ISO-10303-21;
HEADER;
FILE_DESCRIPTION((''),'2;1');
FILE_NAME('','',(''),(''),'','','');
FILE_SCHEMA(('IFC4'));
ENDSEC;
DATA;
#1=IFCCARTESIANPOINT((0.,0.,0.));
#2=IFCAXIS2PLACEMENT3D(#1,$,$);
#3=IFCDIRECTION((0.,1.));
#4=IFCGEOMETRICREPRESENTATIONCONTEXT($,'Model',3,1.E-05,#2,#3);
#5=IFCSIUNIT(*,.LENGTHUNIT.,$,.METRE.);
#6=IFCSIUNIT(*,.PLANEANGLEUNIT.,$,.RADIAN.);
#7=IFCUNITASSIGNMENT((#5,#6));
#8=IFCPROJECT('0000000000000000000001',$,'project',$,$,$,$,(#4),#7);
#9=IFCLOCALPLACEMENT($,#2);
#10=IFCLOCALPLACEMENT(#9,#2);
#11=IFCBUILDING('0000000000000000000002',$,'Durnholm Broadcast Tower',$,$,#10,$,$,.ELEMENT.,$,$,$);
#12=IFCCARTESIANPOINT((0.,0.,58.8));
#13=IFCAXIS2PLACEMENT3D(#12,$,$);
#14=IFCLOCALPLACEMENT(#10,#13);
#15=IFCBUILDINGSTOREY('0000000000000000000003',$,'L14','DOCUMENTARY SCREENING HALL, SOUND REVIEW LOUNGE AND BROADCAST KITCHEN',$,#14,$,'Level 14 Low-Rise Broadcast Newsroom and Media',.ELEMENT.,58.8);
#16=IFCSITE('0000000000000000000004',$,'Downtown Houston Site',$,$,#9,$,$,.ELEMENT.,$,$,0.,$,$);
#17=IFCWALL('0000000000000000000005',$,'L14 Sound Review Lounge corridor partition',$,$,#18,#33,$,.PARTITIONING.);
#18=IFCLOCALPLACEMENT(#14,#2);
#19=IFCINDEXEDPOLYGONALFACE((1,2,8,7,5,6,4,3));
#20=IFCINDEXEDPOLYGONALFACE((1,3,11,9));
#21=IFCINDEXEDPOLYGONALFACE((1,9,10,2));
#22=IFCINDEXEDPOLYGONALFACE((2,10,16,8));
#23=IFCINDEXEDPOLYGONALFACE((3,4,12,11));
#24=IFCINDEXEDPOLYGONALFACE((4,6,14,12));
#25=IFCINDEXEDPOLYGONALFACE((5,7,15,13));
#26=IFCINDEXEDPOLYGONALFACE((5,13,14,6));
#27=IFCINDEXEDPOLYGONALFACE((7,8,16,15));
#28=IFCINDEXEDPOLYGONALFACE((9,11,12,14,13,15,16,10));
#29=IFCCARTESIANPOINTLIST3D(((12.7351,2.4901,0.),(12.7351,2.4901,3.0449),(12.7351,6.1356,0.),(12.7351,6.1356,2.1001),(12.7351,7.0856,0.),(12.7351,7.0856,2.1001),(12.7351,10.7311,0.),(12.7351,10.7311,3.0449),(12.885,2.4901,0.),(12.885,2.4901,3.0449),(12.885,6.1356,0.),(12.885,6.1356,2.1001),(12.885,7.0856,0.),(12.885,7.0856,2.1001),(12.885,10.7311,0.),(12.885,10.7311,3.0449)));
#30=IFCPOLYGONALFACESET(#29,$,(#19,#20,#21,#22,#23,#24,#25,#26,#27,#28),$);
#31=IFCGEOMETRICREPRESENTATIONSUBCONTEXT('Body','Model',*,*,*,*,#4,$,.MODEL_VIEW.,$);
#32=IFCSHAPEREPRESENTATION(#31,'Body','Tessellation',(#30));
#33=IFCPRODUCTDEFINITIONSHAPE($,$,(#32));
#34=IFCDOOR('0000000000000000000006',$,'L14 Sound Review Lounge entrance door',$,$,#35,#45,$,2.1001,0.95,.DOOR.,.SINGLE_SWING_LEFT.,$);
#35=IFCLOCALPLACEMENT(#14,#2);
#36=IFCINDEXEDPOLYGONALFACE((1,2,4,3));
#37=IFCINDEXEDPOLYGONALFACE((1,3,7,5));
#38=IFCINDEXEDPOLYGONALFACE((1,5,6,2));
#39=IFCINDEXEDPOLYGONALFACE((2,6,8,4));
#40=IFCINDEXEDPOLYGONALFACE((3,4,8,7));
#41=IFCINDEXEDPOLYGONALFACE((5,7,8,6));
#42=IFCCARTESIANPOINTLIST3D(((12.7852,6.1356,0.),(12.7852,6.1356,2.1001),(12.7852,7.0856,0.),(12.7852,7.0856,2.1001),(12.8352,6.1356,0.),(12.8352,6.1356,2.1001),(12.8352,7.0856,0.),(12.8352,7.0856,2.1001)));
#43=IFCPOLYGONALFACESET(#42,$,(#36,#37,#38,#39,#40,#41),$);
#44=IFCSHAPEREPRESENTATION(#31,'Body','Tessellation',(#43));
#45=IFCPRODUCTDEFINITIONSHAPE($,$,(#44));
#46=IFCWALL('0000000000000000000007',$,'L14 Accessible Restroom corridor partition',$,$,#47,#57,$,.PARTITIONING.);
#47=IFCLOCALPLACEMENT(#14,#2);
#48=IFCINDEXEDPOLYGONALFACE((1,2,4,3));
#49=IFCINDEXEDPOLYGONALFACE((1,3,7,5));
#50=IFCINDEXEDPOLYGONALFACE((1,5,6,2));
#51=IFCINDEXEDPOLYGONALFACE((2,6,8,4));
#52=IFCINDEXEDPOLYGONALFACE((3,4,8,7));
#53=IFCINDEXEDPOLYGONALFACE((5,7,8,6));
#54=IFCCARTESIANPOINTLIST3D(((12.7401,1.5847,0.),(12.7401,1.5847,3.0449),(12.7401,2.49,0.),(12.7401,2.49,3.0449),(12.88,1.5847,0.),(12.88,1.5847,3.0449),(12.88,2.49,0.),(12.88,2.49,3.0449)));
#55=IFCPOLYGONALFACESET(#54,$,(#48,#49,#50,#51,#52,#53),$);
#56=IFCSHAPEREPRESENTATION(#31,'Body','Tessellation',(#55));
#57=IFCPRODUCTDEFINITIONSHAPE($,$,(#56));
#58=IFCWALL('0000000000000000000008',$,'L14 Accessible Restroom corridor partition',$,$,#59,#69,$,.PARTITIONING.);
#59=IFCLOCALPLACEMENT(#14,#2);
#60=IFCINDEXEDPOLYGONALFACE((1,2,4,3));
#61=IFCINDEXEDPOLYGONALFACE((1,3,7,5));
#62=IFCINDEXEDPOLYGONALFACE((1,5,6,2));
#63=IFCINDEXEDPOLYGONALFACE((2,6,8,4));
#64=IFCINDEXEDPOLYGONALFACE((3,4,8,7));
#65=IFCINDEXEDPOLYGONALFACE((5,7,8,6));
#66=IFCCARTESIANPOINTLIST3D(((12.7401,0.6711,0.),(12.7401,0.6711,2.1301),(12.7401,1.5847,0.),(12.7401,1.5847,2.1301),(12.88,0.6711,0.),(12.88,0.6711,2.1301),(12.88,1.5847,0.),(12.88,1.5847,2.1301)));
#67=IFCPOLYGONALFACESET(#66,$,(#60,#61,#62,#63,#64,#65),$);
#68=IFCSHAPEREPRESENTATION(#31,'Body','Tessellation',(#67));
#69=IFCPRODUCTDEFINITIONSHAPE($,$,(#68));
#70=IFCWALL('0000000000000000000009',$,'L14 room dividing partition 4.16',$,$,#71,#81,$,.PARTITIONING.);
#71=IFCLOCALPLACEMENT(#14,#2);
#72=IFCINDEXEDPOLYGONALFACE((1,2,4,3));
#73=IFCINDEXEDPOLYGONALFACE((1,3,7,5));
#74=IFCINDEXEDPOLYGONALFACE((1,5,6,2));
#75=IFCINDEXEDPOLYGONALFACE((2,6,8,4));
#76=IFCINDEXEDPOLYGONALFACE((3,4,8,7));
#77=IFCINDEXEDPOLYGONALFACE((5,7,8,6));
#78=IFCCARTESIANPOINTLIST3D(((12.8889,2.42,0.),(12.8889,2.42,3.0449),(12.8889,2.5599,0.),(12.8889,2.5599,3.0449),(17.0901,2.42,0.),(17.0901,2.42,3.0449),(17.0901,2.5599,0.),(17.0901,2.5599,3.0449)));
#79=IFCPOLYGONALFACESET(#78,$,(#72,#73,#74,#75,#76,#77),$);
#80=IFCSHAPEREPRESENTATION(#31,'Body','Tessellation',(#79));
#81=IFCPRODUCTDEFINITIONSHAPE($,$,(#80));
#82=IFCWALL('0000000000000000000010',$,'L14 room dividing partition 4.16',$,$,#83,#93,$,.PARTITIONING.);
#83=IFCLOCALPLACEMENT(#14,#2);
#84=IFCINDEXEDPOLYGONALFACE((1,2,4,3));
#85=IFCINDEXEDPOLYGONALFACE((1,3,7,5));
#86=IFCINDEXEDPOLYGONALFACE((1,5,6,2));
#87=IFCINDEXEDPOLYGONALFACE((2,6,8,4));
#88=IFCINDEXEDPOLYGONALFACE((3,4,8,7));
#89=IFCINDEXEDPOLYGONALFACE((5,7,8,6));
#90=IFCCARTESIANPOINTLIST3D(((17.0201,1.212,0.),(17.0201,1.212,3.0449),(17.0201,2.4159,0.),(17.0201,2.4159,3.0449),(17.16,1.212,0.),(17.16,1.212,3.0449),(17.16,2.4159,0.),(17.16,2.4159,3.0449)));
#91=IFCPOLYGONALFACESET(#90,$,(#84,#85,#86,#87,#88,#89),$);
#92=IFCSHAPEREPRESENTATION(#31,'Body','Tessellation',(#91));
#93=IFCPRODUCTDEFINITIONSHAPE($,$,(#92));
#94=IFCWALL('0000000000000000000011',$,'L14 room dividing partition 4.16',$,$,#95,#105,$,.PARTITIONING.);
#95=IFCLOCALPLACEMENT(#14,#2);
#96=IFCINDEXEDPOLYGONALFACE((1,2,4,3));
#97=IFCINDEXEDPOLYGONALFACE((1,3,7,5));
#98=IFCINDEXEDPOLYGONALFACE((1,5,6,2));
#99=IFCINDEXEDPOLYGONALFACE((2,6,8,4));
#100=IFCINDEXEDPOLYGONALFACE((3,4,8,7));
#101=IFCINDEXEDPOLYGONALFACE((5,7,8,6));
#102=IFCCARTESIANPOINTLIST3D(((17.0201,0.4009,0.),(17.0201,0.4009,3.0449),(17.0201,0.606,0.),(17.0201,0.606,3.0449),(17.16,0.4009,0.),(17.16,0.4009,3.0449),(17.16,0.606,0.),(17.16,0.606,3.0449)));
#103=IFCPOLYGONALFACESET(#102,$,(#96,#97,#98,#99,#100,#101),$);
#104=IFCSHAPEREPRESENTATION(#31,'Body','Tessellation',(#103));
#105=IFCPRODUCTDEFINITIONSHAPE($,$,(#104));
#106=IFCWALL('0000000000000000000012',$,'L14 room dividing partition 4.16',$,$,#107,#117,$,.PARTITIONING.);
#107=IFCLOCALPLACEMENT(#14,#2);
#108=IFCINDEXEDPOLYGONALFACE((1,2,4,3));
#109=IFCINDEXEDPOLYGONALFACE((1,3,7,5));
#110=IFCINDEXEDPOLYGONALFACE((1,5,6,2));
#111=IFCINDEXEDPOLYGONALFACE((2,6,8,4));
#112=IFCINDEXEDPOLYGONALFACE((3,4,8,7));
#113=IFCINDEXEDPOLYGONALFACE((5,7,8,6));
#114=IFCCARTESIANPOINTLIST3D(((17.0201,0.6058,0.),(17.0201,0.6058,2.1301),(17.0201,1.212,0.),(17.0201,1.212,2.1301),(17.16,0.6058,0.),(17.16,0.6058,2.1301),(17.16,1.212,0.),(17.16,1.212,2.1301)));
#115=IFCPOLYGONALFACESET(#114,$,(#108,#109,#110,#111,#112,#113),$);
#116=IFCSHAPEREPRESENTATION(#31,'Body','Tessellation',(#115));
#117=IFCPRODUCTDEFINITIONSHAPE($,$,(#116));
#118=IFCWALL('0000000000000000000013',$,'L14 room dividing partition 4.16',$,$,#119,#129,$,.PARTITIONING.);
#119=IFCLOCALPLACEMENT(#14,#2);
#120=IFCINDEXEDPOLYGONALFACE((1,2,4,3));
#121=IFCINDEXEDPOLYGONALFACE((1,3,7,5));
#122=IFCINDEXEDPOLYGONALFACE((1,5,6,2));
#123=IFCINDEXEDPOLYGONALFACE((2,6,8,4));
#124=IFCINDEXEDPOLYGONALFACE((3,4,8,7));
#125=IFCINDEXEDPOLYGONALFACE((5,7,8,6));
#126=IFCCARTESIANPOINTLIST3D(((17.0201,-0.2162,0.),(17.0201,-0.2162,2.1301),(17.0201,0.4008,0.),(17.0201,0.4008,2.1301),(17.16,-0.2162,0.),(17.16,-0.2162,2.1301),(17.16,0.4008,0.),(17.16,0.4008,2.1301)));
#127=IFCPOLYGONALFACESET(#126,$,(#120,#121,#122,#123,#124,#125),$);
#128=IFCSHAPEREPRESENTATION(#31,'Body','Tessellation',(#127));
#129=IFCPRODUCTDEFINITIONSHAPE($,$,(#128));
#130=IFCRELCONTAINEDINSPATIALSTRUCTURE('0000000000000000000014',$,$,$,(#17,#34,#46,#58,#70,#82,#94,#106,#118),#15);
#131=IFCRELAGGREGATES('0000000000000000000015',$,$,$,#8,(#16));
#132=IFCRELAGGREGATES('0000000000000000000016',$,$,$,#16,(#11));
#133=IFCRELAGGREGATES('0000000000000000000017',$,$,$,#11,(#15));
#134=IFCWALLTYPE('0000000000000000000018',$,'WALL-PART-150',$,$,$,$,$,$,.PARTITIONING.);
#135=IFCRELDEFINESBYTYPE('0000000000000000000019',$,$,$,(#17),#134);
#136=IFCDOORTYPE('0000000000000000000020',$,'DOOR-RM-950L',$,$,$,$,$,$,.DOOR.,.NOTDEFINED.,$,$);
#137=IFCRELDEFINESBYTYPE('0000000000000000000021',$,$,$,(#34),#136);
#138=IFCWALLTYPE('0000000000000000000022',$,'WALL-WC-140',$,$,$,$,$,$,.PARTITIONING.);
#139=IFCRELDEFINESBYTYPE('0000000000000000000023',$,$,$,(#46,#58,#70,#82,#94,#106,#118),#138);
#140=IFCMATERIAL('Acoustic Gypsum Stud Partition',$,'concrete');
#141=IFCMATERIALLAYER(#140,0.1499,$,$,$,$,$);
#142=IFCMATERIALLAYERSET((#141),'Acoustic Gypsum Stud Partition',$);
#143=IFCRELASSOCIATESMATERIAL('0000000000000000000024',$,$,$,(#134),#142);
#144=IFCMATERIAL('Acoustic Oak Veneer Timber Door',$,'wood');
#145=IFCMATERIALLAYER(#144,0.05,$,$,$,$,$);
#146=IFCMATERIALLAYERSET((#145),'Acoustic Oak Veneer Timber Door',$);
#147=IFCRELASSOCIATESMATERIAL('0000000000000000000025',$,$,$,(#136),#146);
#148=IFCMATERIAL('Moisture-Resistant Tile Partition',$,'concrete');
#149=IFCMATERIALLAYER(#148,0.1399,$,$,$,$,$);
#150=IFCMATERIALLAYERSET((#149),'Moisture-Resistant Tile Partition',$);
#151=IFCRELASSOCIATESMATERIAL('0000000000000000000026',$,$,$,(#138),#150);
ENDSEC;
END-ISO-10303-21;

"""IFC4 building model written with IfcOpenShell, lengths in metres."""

from ifc_helpers import new_model, si_unit, direction, frame, frame_2d, origin, place, context, subcontext, project, spatial, rectangle, extrude, source, transform, mapped, material, layer, layer_set, type_object, type_shapes, element, fill, save


model = new_model("IFC4")

# Units and contexts
model_context = context("Model", 3, precision=1e-05, world=origin(), true_north=direction((0.0, 1.0)))
body_context = subcontext(model_context, "Body", "Model", "MODEL_VIEW")
ifc_project = project(units=[si_unit("LENGTHUNIT", "METRE"), si_unit("PLANEANGLEUNIT", "RADIAN")], contexts=[model_context])

# Site, building, storey
site_placement = place(None, origin())
site = spatial("IfcSite", under=ifc_project, at=site_placement, Name="Downtown Houston Site", CompositionType="ELEMENT", RefElevation=0.0)
building_placement = place(site_placement, origin())
building = spatial("IfcBuilding", under=site, at=building_placement, Name="Durnholm Broadcast Tower", CompositionType="ELEMENT")
storey_placement = place(building_placement, frame((0.0, 0.0, 58.8)))
storey = spatial("IfcBuildingStorey", under=building, at=storey_placement, Name="L14", Description="DOCUMENTARY SCREENING HALL, SOUND REVIEW LOUNGE AND BROADCAST KITCHEN", LongName="Level 14 Low-Rise Broadcast Newsroom and Media", CompositionType="ELEMENT", Elevation=58.8)

# Wall, opening, door
ifc_material_1 = material(Name="Acoustic Gypsum Stud Partition", Category="concrete")
ifc_layer_1 = layer(ifc_material_1, 0.1499)
ifc_layer_set_1 = layer_set([ifc_layer_1], Name="Acoustic Gypsum Stud Partition")
wall_type_1 = type_object("IfcWallType", Name="WALL-PART-150", PredefinedType="PARTITIONING", material=ifc_layer_set_1)
wall_1_placement = place(storey_placement, frame((12.8101, 2.49, 0.0), z_axis=(0.0, 0.0, 1.0), x_axis=(0.0, 1.0, 0.0)))
wall_1 = element("IfcWall", 1, at=wall_1_placement, inside=storey, type_object=wall_type_1, Name="L14 Sound Review Lounge corridor partition", PredefinedType="PARTITIONING", context=body_context, shape_type="SweptSolid", body=[
    extrude(rectangle(XDim=8.241, YDim=0.1499, at=frame_2d((4.1206, 0.0))), origin(), (0.0, 0.0, 1.0), 3.0449),
])
opening_placement = place(wall_1_placement, frame((3.6455, 0.0, 0.0)))
opening = element("IfcOpeningElement", 2, at=opening_placement, cuts=wall_1, PredefinedType="OPENING", context=body_context, shape_type="SweptSolid", body=[
    extrude(rectangle(XDim=0.95, YDim=2.1001, at=frame_2d((0.4751, 1.05))), frame((0.0, 0.085, 0.0), z_axis=(0.0, -1.0, 0.0), x_axis=(1.0, 0.0, 0.0)), (0.0, 0.0, 1.0), 0.1699),
])
ifc_material_2 = material(Name="Acoustic Oak Veneer Timber Door", Category="wood")
ifc_layer_2 = layer(ifc_material_2, 0.05)
ifc_layer_set_2 = layer_set([ifc_layer_2], Name="Acoustic Oak Veneer Timber Door")
door_type = type_object("IfcDoorType", Name="DOOR-RM-950L", OperationType="NOTDEFINED", PredefinedType="DOOR", material=ifc_layer_set_2)
shared_shape_1 = source(origin(), body_context, "Body", "SweptSolid", [
    extrude(rectangle(XDim=0.95, YDim=2.1001, at=frame_2d((0.4751, 1.05))), frame((0.0, 0.0249, 0.0), z_axis=(0.0, -1.0, 0.0), x_axis=(1.0, 0.0, 0.0)), (0.0, 0.0, 1.0), 0.05),
])
type_shapes(door_type, [shared_shape_1])
door_placement = place(opening_placement, origin())
door = element("IfcDoor", 3, at=door_placement, inside=storey, type_object=door_type, Name="L14 Sound Review Lounge entrance door", OperationType="SINGLE_SWING_LEFT", OverallHeight=2.1001, OverallWidth=0.95, PredefinedType="DOOR", context=body_context, shape_type="MappedRepresentation", body=[
    mapped(shared_shape_1, transform((0.0, 0.0, 0.0), x_axis=(1.0, 0.0, 0.0), y_axis=(0.0, 1.0, 0.0), z_axis=(0.0, 0.0, 1.0), scale=1.0)),
])
fill(opening, door)

# Walls
ifc_material_3 = material(Name="Moisture-Resistant Tile Partition", Category="concrete")
ifc_layer_3 = layer(ifc_material_3, 0.1399)
ifc_layer_set_3 = layer_set([ifc_layer_3], Name="Moisture-Resistant Tile Partition")
wall_type_2 = type_object("IfcWallType", Name="WALL-WC-140", PredefinedType="PARTITIONING", material=ifc_layer_set_3)
wall_2_placement = place(storey_placement, frame((12.8101, 1.5847, 0.0), z_axis=(0.0, 0.0, 1.0), x_axis=(0.0, 1.0, 0.0)))
element("IfcWall", 4, at=wall_2_placement, inside=storey, type_object=wall_type_2, Name="L14 Accessible Restroom corridor partition", PredefinedType="PARTITIONING", context=body_context, shape_type="SweptSolid", body=[
    extrude(rectangle(XDim=0.9053, YDim=0.1399, at=frame_2d((0.4526, 0.0))), origin(), (0.0, 0.0, 1.0), 3.0449),
])
wall_3_placement = place(storey_placement, frame((12.8101, 0.6711, 0.0), z_axis=(0.0, 0.0, 1.0), x_axis=(0.0, 1.0, 0.0)))
element("IfcWall", 5, at=wall_3_placement, inside=storey, type_object=wall_type_2, Name="L14 Accessible Restroom corridor partition", PredefinedType="PARTITIONING", context=body_context, shape_type="SweptSolid", body=[
    extrude(rectangle(XDim=0.9136, YDim=0.1399, at=frame_2d((0.4568, 0.0))), origin(), (0.0, 0.0, 1.0), 2.1301),
])
wall_4_placement = place(storey_placement, frame((12.8889, 2.49, 0.0), z_axis=(0.0, 0.0, 1.0), x_axis=(1.0, 0.0, 0.0)))
element("IfcWall", 6, at=wall_4_placement, inside=storey, type_object=wall_type_2, Name="L14 room dividing partition 4.16", PredefinedType="PARTITIONING", context=body_context, shape_type="SweptSolid", body=[
    extrude(rectangle(XDim=4.2012, YDim=0.1399, at=frame_2d((2.1006, 0.0))), origin(), (0.0, 0.0, 1.0), 3.0449),
])
wall_5_placement = place(storey_placement, frame((17.0901, 2.416, 0.0), z_axis=(0.0, 0.0, 1.0), x_axis=(0.0, -1.0, 0.0)))
element("IfcWall", 7, at=wall_5_placement, inside=storey, type_object=wall_type_2, Name="L14 room dividing partition 4.16", PredefinedType="PARTITIONING", context=body_context, shape_type="SweptSolid", body=[
    extrude(rectangle(XDim=1.2039, YDim=0.1399, at=frame_2d((0.6021, 0.0))), origin(), (0.0, 0.0, 1.0), 3.0449),
])
wall_6_placement = place(storey_placement, frame((17.0901, 0.606, 0.0), z_axis=(0.0, 0.0, 1.0), x_axis=(0.0, -1.0, 0.0)))
element("IfcWall", 8, at=wall_6_placement, inside=storey, type_object=wall_type_2, Name="L14 room dividing partition 4.16", PredefinedType="PARTITIONING", context=body_context, shape_type="SweptSolid", body=[
    extrude(rectangle(XDim=0.2051, YDim=0.1399, at=frame_2d((0.1025, 0.0))), origin(), (0.0, 0.0, 1.0), 3.0449),
])
wall_7_placement = place(storey_placement, frame((17.0901, 1.2122, 0.0), z_axis=(0.0, 0.0, 1.0), x_axis=(0.0, -1.0, 0.0)))
element("IfcWall", 9, at=wall_7_placement, inside=storey, type_object=wall_type_2, Name="L14 room dividing partition 4.16", PredefinedType="PARTITIONING", context=body_context, shape_type="SweptSolid", body=[
    extrude(rectangle(XDim=0.6062, YDim=0.1399, at=frame_2d((0.3032, 0.0))), origin(), (0.0, 0.0, 1.0), 2.1301),
])
wall_8_placement = place(storey_placement, frame((17.0901, 0.4009, 0.0), z_axis=(0.0, 0.0, 1.0), x_axis=(0.0, -1.0, 0.0)))
element("IfcWall", 10, at=wall_8_placement, inside=storey, type_object=wall_type_2, Name="L14 room dividing partition 4.16", PredefinedType="PARTITIONING", context=body_context, shape_type="SweptSolid", body=[
    extrude(rectangle(XDim=0.6169, YDim=0.1399, at=frame_2d((0.3086, 0.0))), origin(), (0.0, 0.0, 1.0), 2.1301),
])

save(model, "model.ifc")
